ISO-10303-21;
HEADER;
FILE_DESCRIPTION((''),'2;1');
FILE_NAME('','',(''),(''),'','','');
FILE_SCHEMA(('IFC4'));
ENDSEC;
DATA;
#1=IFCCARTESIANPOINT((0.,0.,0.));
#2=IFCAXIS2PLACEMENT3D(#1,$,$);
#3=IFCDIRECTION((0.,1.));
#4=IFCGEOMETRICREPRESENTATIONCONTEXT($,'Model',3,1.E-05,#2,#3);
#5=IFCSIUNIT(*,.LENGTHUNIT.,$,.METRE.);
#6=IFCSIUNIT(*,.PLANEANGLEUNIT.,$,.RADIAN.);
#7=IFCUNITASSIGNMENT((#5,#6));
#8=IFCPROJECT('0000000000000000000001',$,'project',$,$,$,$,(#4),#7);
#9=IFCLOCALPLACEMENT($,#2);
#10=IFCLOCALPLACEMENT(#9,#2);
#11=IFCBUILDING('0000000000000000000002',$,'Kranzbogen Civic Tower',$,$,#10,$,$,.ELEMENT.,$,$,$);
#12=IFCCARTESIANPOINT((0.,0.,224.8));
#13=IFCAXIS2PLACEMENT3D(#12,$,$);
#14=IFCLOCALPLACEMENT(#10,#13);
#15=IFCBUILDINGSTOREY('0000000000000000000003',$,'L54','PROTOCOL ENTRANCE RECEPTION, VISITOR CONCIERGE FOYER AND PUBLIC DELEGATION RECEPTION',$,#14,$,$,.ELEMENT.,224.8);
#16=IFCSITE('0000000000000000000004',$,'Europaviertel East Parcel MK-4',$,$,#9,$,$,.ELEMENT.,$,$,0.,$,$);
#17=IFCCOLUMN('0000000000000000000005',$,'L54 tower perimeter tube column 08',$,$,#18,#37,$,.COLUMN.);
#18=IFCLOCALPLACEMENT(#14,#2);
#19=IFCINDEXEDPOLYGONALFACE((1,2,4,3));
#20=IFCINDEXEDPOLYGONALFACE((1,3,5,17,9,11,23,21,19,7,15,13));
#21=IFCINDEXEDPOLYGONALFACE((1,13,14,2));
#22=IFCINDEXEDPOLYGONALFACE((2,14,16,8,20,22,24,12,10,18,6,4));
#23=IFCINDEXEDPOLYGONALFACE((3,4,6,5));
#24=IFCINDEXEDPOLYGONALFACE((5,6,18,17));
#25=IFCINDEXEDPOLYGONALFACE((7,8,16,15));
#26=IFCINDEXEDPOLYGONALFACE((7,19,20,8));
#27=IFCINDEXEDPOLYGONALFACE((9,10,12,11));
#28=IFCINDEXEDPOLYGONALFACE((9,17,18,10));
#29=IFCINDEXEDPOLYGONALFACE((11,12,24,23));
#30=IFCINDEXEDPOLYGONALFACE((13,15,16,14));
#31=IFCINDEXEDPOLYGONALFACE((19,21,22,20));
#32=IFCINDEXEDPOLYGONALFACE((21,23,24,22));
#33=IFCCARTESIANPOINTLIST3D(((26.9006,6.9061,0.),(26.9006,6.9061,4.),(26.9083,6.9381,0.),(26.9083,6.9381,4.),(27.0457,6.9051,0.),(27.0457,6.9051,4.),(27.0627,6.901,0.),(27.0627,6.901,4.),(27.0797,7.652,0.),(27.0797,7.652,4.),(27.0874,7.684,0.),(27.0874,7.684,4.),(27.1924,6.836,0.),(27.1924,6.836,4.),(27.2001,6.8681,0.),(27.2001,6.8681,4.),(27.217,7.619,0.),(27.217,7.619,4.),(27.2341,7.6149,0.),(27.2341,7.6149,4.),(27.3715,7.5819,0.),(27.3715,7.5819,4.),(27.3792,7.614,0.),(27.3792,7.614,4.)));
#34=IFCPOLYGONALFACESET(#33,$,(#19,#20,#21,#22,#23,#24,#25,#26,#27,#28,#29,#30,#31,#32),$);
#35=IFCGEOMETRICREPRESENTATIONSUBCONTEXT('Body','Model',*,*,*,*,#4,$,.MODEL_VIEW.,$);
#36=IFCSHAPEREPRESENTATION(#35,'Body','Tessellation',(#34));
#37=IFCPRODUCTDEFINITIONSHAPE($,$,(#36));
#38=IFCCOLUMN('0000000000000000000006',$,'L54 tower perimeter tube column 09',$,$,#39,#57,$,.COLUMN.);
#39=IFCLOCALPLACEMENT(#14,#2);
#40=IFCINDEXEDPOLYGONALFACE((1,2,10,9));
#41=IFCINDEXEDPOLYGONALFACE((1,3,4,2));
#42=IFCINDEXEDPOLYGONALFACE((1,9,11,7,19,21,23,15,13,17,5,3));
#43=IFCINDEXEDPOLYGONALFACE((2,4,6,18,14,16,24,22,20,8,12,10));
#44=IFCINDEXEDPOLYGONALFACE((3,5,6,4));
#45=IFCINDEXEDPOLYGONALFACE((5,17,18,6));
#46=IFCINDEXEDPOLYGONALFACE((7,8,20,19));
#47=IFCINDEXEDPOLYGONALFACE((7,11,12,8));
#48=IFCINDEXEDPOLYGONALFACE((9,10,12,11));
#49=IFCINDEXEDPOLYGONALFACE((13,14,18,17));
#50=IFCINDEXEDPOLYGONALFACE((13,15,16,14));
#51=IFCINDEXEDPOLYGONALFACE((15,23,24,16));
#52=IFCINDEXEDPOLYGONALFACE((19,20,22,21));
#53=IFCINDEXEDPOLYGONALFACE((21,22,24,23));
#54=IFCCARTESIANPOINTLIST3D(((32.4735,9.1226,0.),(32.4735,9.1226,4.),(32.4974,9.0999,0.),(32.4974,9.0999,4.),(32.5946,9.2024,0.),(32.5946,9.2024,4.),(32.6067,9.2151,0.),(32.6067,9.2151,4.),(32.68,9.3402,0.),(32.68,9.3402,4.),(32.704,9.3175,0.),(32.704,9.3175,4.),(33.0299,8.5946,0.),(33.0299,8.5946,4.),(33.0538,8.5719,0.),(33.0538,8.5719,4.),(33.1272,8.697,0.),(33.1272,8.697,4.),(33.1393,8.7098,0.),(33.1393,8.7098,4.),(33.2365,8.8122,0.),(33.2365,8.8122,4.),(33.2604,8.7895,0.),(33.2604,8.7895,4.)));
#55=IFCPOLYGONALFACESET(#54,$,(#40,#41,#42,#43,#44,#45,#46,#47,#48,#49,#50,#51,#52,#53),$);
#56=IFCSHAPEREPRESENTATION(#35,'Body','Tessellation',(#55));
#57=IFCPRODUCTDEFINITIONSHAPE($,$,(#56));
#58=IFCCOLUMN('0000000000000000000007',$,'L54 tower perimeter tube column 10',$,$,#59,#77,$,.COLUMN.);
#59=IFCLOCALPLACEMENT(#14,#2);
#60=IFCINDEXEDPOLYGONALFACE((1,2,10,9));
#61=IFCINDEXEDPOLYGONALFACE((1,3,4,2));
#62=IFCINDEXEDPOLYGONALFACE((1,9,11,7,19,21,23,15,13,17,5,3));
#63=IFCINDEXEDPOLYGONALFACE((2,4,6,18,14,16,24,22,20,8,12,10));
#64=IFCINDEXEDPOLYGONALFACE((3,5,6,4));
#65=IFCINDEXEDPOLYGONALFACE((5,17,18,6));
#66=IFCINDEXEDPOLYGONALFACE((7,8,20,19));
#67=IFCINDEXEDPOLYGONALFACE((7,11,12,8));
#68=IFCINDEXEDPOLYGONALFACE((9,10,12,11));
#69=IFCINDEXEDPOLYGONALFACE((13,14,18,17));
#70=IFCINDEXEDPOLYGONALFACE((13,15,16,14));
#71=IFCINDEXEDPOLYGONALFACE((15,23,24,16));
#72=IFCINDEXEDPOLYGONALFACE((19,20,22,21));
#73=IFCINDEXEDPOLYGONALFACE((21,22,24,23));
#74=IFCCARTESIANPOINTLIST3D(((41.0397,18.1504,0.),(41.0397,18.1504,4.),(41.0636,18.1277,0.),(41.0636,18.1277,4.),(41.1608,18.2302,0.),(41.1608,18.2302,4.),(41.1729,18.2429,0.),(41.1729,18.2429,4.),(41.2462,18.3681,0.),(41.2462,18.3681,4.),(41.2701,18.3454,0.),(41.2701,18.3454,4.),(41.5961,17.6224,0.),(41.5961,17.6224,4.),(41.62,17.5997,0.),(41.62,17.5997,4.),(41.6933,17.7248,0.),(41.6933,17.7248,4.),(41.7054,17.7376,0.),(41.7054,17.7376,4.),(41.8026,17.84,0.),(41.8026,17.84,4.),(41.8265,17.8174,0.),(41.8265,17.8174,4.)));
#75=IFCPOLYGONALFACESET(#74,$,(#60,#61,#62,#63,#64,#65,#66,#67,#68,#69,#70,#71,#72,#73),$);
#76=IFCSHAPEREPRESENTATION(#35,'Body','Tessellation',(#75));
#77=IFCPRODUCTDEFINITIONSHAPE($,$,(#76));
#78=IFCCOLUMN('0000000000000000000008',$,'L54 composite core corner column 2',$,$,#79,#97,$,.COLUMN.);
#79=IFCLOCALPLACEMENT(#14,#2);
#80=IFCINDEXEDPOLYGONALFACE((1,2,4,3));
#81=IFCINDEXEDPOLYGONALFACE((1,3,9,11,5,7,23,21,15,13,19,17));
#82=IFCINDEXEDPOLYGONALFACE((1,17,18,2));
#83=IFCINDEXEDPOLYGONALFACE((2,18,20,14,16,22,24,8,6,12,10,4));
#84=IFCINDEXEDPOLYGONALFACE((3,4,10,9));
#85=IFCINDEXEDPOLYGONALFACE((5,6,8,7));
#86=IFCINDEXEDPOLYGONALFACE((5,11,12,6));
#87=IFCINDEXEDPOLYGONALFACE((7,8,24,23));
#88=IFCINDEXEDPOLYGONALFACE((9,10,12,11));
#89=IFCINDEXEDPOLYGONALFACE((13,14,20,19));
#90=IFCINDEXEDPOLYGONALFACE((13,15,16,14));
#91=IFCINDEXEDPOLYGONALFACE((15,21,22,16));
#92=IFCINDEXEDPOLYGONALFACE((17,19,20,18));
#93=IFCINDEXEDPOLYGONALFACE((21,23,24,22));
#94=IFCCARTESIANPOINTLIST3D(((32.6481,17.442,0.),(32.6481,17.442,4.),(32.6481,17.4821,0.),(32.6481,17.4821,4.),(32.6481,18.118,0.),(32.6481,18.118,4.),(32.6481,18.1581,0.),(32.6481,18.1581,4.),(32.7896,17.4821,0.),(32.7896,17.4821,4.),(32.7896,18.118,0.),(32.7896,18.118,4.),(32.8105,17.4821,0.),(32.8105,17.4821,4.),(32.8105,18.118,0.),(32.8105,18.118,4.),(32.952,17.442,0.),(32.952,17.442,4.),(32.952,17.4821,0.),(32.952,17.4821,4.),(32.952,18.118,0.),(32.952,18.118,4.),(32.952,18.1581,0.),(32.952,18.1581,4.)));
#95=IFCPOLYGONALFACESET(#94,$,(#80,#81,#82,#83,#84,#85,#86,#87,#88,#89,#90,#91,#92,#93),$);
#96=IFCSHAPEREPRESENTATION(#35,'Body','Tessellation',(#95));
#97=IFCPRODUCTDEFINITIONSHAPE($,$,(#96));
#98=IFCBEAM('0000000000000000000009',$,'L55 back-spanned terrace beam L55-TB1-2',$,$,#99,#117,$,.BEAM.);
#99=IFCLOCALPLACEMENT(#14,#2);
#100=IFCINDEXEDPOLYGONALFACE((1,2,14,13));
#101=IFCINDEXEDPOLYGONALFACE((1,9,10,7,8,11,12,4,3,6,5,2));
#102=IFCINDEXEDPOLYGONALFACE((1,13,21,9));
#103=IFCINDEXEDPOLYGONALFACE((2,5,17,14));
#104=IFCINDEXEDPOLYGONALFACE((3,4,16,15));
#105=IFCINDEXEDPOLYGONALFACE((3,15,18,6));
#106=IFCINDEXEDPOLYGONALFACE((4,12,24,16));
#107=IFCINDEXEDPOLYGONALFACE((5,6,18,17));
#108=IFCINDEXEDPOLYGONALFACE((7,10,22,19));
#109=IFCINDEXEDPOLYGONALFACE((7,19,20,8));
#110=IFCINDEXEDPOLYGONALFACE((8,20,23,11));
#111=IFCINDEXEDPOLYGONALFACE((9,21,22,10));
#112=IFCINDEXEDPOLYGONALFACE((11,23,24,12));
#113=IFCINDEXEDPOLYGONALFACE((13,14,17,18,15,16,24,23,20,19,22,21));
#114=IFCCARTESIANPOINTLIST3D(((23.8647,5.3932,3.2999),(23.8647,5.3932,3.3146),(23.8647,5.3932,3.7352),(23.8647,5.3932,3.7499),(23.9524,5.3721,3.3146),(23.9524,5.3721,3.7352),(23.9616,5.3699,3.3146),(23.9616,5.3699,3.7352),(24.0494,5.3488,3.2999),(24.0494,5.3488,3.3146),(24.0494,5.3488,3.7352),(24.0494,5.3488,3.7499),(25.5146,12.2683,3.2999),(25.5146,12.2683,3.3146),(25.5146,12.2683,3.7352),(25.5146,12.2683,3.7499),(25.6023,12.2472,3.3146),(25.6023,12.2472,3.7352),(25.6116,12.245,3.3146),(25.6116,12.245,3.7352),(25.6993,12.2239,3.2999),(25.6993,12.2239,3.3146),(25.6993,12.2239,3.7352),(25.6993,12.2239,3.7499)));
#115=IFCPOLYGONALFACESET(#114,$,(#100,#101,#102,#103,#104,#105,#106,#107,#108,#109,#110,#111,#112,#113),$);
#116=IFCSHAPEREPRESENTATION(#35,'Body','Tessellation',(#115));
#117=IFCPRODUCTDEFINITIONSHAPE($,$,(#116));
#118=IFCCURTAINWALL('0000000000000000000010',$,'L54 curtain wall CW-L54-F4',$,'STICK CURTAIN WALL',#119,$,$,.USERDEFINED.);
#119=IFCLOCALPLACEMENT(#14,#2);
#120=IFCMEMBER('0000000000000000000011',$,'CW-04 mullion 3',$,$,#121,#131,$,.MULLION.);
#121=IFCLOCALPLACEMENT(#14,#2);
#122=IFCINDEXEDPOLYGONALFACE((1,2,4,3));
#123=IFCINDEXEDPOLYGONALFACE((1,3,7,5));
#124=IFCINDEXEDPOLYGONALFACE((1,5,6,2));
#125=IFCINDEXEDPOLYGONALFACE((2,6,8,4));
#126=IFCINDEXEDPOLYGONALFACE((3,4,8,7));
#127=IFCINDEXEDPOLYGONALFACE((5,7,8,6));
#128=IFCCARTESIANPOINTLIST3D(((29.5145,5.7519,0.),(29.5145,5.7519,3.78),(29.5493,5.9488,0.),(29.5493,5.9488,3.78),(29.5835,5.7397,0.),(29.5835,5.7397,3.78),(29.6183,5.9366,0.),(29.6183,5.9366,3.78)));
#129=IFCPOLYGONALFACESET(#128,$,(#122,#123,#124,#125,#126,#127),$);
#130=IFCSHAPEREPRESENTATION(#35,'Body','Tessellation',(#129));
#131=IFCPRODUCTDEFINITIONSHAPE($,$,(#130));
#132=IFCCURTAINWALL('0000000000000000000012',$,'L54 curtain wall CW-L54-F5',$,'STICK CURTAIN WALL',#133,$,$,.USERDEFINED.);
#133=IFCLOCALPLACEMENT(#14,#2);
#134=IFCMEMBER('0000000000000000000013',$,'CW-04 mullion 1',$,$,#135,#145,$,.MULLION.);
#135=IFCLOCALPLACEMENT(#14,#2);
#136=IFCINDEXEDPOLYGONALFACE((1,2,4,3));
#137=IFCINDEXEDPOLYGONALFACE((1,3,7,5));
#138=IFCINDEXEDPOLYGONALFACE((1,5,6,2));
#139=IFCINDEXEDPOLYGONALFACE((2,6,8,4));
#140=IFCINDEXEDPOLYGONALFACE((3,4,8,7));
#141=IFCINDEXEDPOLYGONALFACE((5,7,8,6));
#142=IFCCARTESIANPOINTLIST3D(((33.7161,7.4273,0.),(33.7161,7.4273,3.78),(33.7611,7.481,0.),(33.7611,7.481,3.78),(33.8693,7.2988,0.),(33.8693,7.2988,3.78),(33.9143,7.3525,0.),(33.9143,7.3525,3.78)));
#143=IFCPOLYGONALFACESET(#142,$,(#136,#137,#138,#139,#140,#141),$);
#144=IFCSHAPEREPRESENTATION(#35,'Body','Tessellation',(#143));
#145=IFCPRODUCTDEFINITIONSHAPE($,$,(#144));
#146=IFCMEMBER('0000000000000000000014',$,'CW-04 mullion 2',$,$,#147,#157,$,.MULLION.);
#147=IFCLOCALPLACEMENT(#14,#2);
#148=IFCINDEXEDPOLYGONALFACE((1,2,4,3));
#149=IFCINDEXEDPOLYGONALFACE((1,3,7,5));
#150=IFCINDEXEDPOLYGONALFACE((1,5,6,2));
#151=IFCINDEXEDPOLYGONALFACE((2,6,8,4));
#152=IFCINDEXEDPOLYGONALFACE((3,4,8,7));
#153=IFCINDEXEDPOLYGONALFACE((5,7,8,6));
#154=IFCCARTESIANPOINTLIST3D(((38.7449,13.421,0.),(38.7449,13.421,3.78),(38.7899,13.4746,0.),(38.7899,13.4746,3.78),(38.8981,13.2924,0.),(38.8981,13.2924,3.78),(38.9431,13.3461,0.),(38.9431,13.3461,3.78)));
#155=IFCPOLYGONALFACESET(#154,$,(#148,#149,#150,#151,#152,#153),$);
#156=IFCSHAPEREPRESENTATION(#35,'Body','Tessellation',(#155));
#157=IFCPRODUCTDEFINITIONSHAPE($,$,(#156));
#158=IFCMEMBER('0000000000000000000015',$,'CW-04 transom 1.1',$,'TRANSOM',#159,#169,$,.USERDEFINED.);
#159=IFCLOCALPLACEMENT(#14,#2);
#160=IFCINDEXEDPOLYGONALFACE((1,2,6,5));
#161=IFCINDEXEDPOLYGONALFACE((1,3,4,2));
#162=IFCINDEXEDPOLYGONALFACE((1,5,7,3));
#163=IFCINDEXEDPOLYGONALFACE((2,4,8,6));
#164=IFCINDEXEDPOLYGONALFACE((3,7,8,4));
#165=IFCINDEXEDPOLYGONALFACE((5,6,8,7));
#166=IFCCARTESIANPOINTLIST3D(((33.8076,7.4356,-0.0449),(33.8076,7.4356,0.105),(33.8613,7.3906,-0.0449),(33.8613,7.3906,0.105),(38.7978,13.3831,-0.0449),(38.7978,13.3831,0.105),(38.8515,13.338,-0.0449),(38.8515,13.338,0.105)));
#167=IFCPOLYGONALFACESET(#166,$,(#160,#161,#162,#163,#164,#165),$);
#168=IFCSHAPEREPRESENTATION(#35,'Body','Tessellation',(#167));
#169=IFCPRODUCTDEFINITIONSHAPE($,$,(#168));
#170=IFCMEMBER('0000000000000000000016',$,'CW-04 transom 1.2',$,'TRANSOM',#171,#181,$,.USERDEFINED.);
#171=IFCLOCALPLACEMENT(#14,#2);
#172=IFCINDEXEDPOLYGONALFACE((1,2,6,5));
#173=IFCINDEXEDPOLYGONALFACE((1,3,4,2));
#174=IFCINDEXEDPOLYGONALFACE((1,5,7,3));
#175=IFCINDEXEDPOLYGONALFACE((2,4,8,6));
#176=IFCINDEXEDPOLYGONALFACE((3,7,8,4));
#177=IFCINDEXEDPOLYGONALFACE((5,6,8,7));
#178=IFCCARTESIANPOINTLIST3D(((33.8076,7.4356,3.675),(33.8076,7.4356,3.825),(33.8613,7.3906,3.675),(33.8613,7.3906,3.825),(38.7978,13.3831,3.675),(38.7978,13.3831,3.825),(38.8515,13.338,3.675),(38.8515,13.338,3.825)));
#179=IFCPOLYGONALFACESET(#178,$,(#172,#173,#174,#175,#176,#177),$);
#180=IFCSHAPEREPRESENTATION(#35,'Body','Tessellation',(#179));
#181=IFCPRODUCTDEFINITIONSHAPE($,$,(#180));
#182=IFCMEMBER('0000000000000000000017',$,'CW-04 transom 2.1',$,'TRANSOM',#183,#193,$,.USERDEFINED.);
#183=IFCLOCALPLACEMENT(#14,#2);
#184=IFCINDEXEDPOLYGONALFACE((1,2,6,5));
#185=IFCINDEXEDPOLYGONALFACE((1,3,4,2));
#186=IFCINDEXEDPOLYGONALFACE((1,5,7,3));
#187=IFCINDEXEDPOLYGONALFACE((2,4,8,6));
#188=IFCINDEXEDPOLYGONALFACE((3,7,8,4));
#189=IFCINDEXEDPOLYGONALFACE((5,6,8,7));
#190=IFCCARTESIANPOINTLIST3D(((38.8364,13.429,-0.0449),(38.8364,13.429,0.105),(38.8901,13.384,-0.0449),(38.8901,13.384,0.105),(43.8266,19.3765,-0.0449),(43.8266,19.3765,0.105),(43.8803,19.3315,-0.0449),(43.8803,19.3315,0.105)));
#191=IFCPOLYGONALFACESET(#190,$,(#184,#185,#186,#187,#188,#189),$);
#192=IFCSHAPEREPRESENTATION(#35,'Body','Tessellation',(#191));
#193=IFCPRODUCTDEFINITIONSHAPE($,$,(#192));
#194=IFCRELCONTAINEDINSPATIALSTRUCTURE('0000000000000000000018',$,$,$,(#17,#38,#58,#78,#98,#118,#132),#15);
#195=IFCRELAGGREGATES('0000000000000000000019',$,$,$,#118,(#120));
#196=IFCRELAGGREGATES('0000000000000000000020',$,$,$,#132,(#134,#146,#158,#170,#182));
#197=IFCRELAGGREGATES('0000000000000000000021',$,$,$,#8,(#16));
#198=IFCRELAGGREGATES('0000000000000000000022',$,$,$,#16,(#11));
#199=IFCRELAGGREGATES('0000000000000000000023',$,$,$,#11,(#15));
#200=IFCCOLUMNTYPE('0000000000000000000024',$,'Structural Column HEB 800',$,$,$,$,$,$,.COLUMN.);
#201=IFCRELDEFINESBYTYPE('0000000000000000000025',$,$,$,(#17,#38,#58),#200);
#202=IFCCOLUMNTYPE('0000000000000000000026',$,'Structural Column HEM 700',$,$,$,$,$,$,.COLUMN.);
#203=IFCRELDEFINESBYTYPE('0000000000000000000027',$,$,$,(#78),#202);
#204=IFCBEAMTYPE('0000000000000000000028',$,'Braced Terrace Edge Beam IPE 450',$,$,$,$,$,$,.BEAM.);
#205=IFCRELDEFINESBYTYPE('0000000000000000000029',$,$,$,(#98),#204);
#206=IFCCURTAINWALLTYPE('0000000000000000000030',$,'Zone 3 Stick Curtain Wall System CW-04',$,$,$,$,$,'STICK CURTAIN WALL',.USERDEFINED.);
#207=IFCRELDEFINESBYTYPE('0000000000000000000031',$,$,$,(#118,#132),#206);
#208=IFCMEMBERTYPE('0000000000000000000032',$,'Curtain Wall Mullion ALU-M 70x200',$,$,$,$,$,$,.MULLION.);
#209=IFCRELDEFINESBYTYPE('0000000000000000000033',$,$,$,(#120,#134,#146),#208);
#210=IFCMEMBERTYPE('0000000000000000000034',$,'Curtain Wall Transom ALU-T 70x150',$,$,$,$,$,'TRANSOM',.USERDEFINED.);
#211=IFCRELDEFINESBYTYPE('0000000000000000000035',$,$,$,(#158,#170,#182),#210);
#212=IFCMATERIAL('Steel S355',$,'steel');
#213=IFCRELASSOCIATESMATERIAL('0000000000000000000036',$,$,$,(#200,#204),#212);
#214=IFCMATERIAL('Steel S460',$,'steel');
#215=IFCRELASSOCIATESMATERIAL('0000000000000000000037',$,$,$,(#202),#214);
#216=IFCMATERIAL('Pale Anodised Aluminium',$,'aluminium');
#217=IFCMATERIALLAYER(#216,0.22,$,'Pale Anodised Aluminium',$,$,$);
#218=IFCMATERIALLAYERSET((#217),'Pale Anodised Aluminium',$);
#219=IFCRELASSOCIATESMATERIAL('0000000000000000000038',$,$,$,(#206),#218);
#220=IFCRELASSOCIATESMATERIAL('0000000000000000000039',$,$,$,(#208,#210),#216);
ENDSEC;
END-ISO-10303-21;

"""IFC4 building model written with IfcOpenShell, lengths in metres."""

from ifc_helpers import new_model, si_unit, direction, frame, origin, origin_2d, place, context, subcontext, project, spatial, rectangle, i_section, extrude, material, layer, layer_set, material_profile, profile_set, type_object, element, aggregate, save


model = new_model("IFC4")

# Units and contexts
model_context = context("Model", 3, precision=1e-05, world=origin(), true_north=direction((0.0, 1.0)))
body_context = subcontext(model_context, "Body", "Model", "MODEL_VIEW")
ifc_project = project(units=[si_unit("LENGTHUNIT", "METRE"), si_unit("PLANEANGLEUNIT", "RADIAN")], contexts=[model_context])

# Site, building, storey
site_placement = place(None, origin())
site = spatial("IfcSite", under=ifc_project, at=site_placement, Name="Europaviertel East Parcel MK-4", CompositionType="ELEMENT", RefElevation=0.0)
building_placement = place(site_placement, origin())
building = spatial("IfcBuilding", under=site, at=building_placement, Name="Kranzbogen Civic Tower", CompositionType="ELEMENT")
storey_placement = place(building_placement, frame((0.0, 0.0, 224.8)))
storey = spatial("IfcBuildingStorey", under=building, at=storey_placement, Name="L54", Description="PROTOCOL ENTRANCE RECEPTION, VISITOR CONCIERGE FOYER AND PUBLIC DELEGATION RECEPTION", CompositionType="ELEMENT", Elevation=224.8)

# Columns
ifc_material_1 = material(Name="Steel S355", Category="steel")
ifc_material_profile_1 = material_profile(ifc_material_1, i_section(OverallWidth=0.3, OverallDepth=0.8, WebThickness=0.0176, FlangeThickness=0.033, at=origin_2d()), Name="HEB 800")
ifc_profile_set_1 = profile_set([ifc_material_profile_1], Name="Steel S355")
column_type_1 = type_object("IfcColumnType", Name="Structural Column HEB 800", PredefinedType="COLUMN", material=ifc_profile_set_1)
for number, where, z_axis, x_axis, name in (
    (1, (27.1399, 7.26, 0.0), (0.0, 0.0, 1.0), (-0.97237, 0.233445, 0.0), "L54 tower perimeter tube column 08"),
    (2, (32.8669, 8.9561, 0.0), (0.0, 0.0, 1.0), (0.688355, 0.725374, 0.0), "L54 tower perimeter tube column 09"),
    (3, (41.4331, 17.9839, 0.0), (0.0, 0.0, 1.0), (0.688355, 0.725374, 0.0), "L54 tower perimeter tube column 10"),
):
    element("IfcColumn", number, at=place(storey_placement, frame(where, z_axis=z_axis, x_axis=x_axis)), inside=storey, type_object=column_type_1, Name=name, PredefinedType="COLUMN", context=body_context, shape_type="SweptSolid", body=[
        extrude(i_section(OverallWidth=0.3, OverallDepth=0.8, WebThickness=0.0176, FlangeThickness=0.033, at=origin_2d()), origin(), (0.0, 0.0, 1.0), 4.0),
    ])
ifc_material_2 = material(Name="Steel S460", Category="steel")
ifc_material_profile_2 = material_profile(ifc_material_2, i_section(OverallWidth=0.304, OverallDepth=0.7161, WebThickness=0.021, FlangeThickness=0.04, at=origin_2d()), Name="HEM 700")
ifc_profile_set_2 = profile_set([ifc_material_profile_2], Name="Steel S460")
column_type_2 = type_object("IfcColumnType", Name="Structural Column HEM 700", PredefinedType="COLUMN", material=ifc_profile_set_2)
column_placement = place(storey_placement, frame((32.8, 17.8, 0.0), z_axis=(0.0, 0.0, 1.0), x_axis=(1.0, 0.0, 0.0)))
element("IfcColumn", 4, at=column_placement, inside=storey, type_object=column_type_2, Name="L54 composite core corner column 2", PredefinedType="COLUMN", context=body_context, shape_type="SweptSolid", body=[
    extrude(i_section(OverallWidth=0.304, OverallDepth=0.7161, WebThickness=0.021, FlangeThickness=0.04, at=origin_2d()), origin(), (0.0, 0.0, 1.0), 4.0),
])

# Beam
ifc_material_profile_3 = material_profile(ifc_material_1, i_section(OverallWidth=0.1899, OverallDepth=0.45, WebThickness=0.0095, FlangeThickness=0.0146, at=origin_2d()), Name="IPE 450")
ifc_profile_set_3 = profile_set([ifc_material_profile_3], Name="Steel S355")
beam_type_1 = type_object("IfcBeamType", Name="Braced Terrace Edge Beam IPE 450", PredefinedType="BEAM", material=ifc_profile_set_3)
beam_1_placement = place(storey_placement, frame((25.6069, 12.2461, 3.5249), z_axis=(-0.23336, -0.97239, 0.0), x_axis=(0.97239, -0.23336, 0.0)))
element("IfcBeam", 5, at=beam_1_placement, inside=storey, type_object=beam_type_1, Name="L55 back-spanned terrace beam L55-TB1-2", PredefinedType="BEAM", context=body_context, shape_type="SweptSolid", body=[
    extrude(i_section(OverallWidth=0.1899, OverallDepth=0.45, WebThickness=0.0095, FlangeThickness=0.0146, at=origin_2d()), origin(), (0.0, 0.0, 1.0), 7.0703),
])

# Curtain wall, member
ifc_material_3 = material(Name="Pale Anodised Aluminium", Category="aluminium")
ifc_layer_1 = layer(ifc_material_3, 0.22, Name="Pale Anodised Aluminium")
ifc_layer_set_1 = layer_set([ifc_layer_1], Name="Pale Anodised Aluminium")
curtain_wall_type = type_object("IfcCurtainWallType", Name="Zone 3 Stick Curtain Wall System CW-04", ElementType="STICK CURTAIN WALL", PredefinedType="USERDEFINED", material=ifc_layer_set_1)
curtain_wall_1_placement = place(storey_placement, origin())
curtain_wall_1 = element("IfcCurtainWall", 6, at=curtain_wall_1_placement, inside=storey, type_object=curtain_wall_type, Name="L54 curtain wall CW-L54-F4", ObjectType="STICK CURTAIN WALL", PredefinedType="USERDEFINED")
ifc_material_profile_4 = material_profile(ifc_material_3, rectangle(XDim=0.0701, YDim=0.2, at=origin_2d()), Name="ALU-M 70x200")
ifc_profile_set_4 = profile_set([ifc_material_profile_4], Name="Pale Anodised Aluminium")
member_type_1 = type_object("IfcMemberType", Name="Curtain Wall Mullion ALU-M 70x200", PredefinedType="MULLION", material=ifc_profile_set_4)
member_1_placement = place(storey_placement, frame((29.5664, 5.8442, 0.0), z_axis=(0.0, 0.0, 1.0), x_axis=(0.984803, -0.173673, 0.0)))
member_1 = element("IfcMember", 7, at=member_1_placement, type_object=member_type_1, Name="CW-04 mullion 3", PredefinedType="MULLION", context=body_context, shape_type="SweptSolid", body=[
    extrude(rectangle(XDim=0.0701, YDim=0.2, at=origin_2d()), origin(), (0.0, 0.0, 1.0), 3.78),
])

# Curtain wall, members
curtain_wall_2_placement = place(storey_placement, origin())
curtain_wall_2 = element("IfcCurtainWall", 8, at=curtain_wall_2_placement, inside=storey, type_object=curtain_wall_type, Name="L54 curtain wall CW-L54-F5", ObjectType="STICK CURTAIN WALL", PredefinedType="USERDEFINED")
member_2_placement = place(storey_placement, frame((33.8152, 7.3899, 0.0), z_axis=(0.0, 0.0, 1.0), x_axis=(0.642755, 0.766072, 0.0)))
member_2 = element("IfcMember", 9, at=member_2_placement, type_object=member_type_1, Name="CW-04 mullion 1", PredefinedType="MULLION", context=body_context, shape_type="SweptSolid", body=[
    extrude(rectangle(XDim=0.0701, YDim=0.2, at=origin_2d()), origin(), (0.0, 0.0, 1.0), 3.78),
])
member_3_placement = place(storey_placement, frame((38.844, 13.3835, 0.0), z_axis=(0.0, 0.0, 1.0), x_axis=(0.642755, 0.766072, 0.0)))
member_3 = element("IfcMember", 10, at=member_3_placement, type_object=member_type_1, Name="CW-04 mullion 2", PredefinedType="MULLION", context=body_context, shape_type="SweptSolid", body=[
    extrude(rectangle(XDim=0.0701, YDim=0.2, at=origin_2d()), origin(), (0.0, 0.0, 1.0), 3.78),
])
ifc_material_profile_5 = material_profile(ifc_material_3, rectangle(XDim=0.0701, YDim=0.1499, at=origin_2d()), Name="ALU-T 70x150")
ifc_profile_set_5 = profile_set([ifc_material_profile_5], Name="Pale Anodised Aluminium")
member_type_2 = type_object("IfcMemberType", Name="Curtain Wall Transom ALU-T 70x150", ElementType="TRANSOM", PredefinedType="USERDEFINED", material=ifc_profile_set_5)
member_4_placement = place(storey_placement, frame((33.8345, 7.4131, 0.03), z_axis=(0.642764, 0.766065, 0.0), x_axis=(-0.766065, 0.642764, 0.0)))
member_4 = element("IfcMember", 11, at=member_4_placement, type_object=member_type_2, Name="CW-04 transom 1.1", ObjectType="TRANSOM", PredefinedType="USERDEFINED", context=body_context, shape_type="SweptSolid", body=[
    extrude(rectangle(XDim=0.0701, YDim=0.1499, at=origin_2d()), origin(), (0.0, 0.0, 1.0), 7.7637),
])
member_5_placement = place(storey_placement, frame((33.8345, 7.4131, 3.75), z_axis=(0.642764, 0.766065, 0.0), x_axis=(-0.766065, 0.642764, 0.0)))
member_5 = element("IfcMember", 12, at=member_5_placement, type_object=member_type_2, Name="CW-04 transom 1.2", ObjectType="TRANSOM", PredefinedType="USERDEFINED", context=body_context, shape_type="SweptSolid", body=[
    extrude(rectangle(XDim=0.0701, YDim=0.1499, at=origin_2d()), origin(), (0.0, 0.0, 1.0), 7.7637),
])
member_6_placement = place(storey_placement, frame((38.8633, 13.4065, 0.03), z_axis=(0.642764, 0.766065, 0.0), x_axis=(-0.766065, 0.642764, 0.0)))
member_6 = element("IfcMember", 13, at=member_6_placement, type_object=member_type_2, Name="CW-04 transom 2.1", ObjectType="TRANSOM", PredefinedType="USERDEFINED", context=body_context, shape_type="SweptSolid", body=[
    extrude(rectangle(XDim=0.0701, YDim=0.1499, at=origin_2d()), origin(), (0.0, 0.0, 1.0), 7.7637),
])

aggregate(curtain_wall_1, [member_1])
aggregate(curtain_wall_2, [member_2, member_3, member_4, member_5, member_6])

save(model, "model.ifc")
